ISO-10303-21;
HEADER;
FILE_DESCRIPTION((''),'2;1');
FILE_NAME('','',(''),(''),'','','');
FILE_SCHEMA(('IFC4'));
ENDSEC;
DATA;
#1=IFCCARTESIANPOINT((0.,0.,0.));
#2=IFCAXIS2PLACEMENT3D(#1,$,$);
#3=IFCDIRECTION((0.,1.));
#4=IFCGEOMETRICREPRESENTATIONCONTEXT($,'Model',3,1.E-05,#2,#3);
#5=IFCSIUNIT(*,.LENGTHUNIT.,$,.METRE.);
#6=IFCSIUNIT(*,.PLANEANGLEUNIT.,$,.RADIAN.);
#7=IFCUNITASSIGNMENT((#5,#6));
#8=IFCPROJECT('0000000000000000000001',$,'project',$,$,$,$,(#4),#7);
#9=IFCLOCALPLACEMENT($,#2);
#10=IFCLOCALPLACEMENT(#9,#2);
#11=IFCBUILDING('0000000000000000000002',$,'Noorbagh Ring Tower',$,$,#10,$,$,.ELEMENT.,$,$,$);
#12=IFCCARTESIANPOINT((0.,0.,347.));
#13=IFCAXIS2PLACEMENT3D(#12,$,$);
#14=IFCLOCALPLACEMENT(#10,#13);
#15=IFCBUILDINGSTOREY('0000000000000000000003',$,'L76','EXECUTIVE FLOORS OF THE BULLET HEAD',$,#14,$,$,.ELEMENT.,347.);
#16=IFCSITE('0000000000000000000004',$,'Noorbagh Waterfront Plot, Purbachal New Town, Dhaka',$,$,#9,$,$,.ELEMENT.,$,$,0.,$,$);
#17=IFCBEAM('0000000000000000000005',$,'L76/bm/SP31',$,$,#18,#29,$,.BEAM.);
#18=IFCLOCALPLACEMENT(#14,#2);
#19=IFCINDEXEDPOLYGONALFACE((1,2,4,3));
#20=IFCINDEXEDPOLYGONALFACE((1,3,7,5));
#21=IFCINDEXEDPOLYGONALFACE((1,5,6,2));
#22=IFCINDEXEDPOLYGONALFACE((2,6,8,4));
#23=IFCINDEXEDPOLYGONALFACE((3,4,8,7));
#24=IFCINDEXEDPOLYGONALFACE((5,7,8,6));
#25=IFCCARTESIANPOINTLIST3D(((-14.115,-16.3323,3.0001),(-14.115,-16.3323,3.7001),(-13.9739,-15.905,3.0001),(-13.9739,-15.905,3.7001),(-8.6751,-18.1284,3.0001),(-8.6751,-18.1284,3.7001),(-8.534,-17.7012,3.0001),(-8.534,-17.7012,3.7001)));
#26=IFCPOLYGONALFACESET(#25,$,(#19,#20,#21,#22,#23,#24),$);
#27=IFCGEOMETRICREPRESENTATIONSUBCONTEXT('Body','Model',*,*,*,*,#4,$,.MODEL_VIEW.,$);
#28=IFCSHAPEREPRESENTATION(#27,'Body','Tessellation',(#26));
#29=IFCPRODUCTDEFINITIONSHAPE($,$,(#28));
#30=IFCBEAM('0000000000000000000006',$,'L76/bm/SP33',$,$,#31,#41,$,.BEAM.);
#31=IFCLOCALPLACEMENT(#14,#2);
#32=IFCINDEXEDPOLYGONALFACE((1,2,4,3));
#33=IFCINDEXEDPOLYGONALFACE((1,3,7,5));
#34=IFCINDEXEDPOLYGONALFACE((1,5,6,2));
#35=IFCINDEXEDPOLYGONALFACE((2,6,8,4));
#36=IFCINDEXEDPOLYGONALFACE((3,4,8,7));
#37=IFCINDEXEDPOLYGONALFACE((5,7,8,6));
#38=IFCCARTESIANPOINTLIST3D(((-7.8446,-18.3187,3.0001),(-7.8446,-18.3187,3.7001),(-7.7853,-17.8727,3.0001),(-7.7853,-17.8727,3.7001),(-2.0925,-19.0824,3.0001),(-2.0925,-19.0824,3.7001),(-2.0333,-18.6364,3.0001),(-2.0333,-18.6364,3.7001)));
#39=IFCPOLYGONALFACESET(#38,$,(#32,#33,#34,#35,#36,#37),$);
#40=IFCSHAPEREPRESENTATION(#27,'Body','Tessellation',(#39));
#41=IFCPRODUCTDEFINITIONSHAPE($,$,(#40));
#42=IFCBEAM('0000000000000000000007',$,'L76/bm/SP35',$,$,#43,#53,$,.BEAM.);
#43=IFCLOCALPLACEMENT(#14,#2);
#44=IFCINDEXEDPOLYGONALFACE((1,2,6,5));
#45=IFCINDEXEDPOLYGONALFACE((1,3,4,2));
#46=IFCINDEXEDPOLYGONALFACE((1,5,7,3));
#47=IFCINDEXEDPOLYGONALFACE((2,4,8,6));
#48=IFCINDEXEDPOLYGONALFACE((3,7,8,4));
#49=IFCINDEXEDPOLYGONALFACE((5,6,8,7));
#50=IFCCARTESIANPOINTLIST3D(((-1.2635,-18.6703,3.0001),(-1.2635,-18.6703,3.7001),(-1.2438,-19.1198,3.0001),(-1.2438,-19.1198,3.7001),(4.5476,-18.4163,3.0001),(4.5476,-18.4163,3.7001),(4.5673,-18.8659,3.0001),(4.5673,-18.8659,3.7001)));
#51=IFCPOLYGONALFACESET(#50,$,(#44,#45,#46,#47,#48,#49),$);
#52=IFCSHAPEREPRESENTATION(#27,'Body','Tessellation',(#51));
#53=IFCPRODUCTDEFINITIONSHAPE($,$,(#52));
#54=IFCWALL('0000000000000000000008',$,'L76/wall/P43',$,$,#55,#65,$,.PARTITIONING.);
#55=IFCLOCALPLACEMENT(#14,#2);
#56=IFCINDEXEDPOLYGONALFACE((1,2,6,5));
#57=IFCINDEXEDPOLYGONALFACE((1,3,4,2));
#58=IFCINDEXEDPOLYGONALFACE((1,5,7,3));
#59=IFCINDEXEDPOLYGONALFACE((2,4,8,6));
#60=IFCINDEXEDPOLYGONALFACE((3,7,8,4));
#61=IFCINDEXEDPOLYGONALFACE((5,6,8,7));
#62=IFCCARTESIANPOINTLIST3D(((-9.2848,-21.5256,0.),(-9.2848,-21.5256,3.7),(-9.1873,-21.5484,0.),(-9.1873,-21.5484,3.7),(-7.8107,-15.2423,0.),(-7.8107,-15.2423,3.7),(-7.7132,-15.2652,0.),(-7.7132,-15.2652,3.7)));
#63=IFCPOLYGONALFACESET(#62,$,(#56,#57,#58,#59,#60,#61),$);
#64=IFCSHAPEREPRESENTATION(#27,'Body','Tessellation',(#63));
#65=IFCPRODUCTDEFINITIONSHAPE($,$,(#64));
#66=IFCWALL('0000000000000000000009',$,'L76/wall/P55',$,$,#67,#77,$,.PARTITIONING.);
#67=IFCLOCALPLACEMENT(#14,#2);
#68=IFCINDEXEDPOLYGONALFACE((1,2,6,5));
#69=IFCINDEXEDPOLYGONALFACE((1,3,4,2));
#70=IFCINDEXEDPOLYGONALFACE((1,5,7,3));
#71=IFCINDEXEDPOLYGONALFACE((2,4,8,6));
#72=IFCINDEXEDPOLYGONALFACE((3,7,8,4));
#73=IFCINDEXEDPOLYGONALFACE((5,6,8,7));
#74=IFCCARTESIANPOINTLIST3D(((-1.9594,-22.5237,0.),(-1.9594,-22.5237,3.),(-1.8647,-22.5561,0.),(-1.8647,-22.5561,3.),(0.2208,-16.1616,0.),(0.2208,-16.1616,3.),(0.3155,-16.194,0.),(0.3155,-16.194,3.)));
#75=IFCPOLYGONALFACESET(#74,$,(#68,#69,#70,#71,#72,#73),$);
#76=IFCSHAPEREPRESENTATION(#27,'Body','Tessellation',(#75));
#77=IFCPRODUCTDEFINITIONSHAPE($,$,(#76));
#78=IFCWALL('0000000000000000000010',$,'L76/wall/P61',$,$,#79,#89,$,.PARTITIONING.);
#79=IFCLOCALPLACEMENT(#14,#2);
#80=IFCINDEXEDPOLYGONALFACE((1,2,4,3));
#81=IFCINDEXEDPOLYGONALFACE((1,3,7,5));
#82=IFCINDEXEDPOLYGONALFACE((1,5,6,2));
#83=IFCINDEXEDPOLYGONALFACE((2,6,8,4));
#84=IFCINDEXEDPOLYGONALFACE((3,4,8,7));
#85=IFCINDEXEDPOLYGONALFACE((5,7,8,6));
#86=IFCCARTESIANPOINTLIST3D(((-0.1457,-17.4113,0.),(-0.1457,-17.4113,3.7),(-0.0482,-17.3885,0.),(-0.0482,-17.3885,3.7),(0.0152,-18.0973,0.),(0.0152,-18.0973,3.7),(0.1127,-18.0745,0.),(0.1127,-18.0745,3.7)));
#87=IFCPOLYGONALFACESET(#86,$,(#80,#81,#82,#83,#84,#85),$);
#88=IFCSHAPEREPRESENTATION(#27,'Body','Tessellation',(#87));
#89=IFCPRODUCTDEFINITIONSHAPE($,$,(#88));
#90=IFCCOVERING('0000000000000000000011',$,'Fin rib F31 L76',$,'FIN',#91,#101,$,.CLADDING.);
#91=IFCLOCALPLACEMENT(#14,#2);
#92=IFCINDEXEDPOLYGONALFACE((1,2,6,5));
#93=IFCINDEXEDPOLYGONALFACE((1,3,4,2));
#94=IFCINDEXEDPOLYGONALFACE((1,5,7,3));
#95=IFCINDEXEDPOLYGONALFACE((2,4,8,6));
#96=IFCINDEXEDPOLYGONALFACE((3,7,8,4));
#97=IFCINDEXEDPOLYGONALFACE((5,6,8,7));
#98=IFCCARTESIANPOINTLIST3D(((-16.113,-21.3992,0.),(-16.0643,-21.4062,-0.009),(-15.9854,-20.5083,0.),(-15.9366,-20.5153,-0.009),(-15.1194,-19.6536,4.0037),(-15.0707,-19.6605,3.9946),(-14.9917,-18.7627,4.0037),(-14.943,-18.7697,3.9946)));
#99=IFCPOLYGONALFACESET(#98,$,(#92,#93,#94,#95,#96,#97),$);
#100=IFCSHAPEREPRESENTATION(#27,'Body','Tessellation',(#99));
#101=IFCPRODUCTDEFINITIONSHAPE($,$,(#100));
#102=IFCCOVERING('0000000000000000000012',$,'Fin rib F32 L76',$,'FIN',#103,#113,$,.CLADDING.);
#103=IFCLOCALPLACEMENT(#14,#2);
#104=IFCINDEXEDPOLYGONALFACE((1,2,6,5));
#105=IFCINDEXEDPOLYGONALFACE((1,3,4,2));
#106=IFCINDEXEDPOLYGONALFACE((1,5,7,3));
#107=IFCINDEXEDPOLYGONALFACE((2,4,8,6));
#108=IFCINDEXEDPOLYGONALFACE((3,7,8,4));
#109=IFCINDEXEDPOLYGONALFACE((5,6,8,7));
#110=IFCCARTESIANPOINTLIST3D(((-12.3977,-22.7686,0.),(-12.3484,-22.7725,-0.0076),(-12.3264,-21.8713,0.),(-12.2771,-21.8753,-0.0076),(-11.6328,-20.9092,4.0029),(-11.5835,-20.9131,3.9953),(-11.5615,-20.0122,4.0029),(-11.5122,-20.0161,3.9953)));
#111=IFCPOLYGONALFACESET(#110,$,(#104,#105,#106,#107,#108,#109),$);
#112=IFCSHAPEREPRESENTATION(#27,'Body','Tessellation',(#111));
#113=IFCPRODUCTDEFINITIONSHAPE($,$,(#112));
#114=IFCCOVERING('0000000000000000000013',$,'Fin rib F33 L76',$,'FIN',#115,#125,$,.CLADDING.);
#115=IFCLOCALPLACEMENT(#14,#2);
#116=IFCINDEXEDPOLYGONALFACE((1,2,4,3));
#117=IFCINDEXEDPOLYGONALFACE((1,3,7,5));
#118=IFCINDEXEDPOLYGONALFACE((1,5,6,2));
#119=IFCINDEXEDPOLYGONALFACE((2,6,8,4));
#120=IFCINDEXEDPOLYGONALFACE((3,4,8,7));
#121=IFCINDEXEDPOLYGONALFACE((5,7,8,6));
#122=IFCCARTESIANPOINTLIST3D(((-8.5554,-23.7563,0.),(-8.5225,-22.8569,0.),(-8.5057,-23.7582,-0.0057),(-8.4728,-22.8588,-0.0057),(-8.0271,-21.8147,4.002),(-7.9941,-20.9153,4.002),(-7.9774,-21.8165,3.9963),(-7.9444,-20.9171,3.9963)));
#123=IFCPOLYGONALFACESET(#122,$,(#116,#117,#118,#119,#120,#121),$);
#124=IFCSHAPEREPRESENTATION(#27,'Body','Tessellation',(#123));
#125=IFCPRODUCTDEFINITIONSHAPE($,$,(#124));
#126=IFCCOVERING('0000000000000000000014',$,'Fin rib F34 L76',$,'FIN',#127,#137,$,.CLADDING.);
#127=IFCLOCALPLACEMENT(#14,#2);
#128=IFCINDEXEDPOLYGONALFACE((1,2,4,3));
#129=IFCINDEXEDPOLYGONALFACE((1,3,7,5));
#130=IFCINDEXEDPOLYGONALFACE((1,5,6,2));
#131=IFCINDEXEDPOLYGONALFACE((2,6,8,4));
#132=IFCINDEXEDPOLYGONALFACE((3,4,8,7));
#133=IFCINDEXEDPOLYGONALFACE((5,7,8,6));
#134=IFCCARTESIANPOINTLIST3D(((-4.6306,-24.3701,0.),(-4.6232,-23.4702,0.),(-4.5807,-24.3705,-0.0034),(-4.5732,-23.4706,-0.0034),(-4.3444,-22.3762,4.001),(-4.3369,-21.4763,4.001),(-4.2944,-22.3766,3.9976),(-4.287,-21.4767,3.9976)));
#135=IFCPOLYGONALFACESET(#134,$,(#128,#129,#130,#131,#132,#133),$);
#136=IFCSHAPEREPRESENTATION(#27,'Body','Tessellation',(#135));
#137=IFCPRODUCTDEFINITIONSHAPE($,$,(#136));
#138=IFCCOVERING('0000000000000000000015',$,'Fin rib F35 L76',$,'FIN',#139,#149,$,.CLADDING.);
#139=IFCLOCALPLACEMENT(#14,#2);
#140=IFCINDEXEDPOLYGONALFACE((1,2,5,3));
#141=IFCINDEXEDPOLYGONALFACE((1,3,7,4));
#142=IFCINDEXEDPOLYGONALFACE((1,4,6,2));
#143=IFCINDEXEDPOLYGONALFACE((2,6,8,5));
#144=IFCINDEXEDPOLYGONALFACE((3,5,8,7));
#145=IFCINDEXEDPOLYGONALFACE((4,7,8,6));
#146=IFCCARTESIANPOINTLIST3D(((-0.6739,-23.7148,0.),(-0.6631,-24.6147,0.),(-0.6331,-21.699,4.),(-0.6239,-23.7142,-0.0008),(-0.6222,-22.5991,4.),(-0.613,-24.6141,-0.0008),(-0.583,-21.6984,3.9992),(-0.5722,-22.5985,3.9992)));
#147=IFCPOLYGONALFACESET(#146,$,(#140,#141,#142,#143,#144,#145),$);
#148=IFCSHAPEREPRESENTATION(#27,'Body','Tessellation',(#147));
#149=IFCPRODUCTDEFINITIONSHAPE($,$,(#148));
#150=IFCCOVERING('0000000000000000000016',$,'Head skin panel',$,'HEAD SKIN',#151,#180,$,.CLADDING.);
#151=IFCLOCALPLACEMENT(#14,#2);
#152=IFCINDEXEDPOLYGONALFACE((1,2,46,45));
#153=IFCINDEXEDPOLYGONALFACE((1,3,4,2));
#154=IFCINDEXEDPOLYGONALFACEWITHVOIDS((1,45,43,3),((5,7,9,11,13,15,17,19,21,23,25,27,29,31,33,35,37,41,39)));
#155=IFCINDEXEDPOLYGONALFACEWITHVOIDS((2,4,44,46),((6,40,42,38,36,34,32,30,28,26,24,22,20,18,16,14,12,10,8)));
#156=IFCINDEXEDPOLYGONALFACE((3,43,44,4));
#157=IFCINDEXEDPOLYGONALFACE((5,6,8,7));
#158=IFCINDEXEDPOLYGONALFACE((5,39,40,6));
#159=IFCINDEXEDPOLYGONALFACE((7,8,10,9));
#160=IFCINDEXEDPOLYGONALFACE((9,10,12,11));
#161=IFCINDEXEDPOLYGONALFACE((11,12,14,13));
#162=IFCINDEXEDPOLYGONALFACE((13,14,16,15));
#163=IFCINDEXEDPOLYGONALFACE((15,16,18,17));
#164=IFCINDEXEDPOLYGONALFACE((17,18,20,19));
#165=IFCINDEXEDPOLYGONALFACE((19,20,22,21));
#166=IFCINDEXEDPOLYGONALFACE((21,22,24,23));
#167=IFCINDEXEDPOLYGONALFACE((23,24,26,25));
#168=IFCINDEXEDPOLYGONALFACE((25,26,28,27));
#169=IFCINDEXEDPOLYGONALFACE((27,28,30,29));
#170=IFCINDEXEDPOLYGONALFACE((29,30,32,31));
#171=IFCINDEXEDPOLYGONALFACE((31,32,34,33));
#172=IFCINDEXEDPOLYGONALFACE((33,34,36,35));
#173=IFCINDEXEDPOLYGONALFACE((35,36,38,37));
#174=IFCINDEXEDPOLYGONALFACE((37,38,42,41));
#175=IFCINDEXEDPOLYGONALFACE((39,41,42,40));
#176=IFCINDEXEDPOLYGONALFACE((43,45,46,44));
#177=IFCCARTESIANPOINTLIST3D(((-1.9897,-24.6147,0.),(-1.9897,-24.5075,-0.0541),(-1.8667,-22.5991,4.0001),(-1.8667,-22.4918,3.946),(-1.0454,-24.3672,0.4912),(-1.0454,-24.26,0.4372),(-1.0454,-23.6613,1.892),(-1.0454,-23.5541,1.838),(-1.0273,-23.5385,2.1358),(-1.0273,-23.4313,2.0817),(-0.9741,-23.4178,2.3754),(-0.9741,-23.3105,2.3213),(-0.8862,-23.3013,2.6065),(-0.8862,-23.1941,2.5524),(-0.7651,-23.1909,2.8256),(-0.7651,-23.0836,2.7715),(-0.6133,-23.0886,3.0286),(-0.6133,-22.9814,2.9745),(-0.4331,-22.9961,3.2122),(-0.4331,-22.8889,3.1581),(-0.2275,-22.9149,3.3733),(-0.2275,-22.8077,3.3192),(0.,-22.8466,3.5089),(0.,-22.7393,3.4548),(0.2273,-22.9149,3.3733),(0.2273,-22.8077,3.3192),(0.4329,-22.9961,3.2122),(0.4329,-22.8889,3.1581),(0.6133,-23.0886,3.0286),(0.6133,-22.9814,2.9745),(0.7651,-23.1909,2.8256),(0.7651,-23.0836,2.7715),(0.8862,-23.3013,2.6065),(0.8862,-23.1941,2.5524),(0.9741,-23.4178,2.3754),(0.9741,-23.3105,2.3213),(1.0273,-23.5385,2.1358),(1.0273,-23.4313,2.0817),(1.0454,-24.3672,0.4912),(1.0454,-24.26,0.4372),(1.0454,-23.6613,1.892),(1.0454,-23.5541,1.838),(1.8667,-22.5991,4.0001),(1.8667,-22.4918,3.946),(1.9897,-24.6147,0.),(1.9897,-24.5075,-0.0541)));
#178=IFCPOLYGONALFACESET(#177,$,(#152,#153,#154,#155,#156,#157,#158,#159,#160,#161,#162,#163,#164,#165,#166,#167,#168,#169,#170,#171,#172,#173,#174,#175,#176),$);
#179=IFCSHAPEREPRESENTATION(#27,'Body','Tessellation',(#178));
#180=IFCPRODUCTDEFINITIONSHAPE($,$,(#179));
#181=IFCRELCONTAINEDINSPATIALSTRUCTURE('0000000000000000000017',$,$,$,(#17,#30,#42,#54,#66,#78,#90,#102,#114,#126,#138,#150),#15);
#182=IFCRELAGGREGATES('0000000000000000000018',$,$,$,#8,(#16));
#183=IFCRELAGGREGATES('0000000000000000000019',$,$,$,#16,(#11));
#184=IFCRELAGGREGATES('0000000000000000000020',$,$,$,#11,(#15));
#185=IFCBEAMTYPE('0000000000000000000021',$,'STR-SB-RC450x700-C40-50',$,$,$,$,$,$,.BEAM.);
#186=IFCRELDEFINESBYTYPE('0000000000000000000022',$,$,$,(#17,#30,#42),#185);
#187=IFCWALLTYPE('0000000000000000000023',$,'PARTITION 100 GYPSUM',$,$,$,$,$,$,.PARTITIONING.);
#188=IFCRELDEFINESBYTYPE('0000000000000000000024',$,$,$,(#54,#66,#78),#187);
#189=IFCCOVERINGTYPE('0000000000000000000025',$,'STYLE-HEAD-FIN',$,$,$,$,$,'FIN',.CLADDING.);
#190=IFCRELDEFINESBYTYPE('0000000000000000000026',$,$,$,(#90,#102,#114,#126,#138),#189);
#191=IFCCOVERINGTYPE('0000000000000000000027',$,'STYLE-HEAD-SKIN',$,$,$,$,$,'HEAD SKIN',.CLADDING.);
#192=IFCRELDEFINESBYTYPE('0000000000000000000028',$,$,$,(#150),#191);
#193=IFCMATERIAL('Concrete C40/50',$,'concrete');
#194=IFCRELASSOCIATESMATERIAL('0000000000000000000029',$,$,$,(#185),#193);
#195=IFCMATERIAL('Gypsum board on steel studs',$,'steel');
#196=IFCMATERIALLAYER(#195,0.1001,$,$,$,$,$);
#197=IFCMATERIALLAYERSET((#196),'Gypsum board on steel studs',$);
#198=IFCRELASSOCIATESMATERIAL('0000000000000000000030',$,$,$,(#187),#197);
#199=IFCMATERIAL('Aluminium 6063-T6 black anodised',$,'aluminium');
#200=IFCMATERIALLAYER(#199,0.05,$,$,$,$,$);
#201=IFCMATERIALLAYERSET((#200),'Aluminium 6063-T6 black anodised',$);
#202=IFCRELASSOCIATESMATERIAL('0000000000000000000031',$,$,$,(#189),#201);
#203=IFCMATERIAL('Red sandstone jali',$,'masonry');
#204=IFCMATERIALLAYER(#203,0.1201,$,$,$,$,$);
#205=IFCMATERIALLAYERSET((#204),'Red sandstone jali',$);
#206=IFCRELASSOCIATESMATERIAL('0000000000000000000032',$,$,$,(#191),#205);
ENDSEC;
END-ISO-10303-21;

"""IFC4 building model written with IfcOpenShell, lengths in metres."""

from ifc_helpers import new_model, si_unit, direction, frame, frame_2d, origin, origin_2d, place, context, subcontext, project, spatial, polyline, rectangle, outline, extrude, material, layer, layer_set, material_profile, profile_set, type_object, element, save


model = new_model("IFC4")

# Units and contexts
model_context = context("Model", 3, precision=1e-05, world=origin(), true_north=direction((0.0, 1.0)))
body_context = subcontext(model_context, "Body", "Model", "MODEL_VIEW")
ifc_project = project(units=[si_unit("LENGTHUNIT", "METRE"), si_unit("PLANEANGLEUNIT", "RADIAN")], contexts=[model_context])

# Site, building, storey
site_placement = place(None, origin())
site = spatial("IfcSite", under=ifc_project, at=site_placement, Name="Noorbagh Waterfront Plot, Purbachal New Town, Dhaka", CompositionType="ELEMENT", RefElevation=0.0)
building_placement = place(site_placement, origin())
building = spatial("IfcBuilding", under=site, at=building_placement, Name="Noorbagh Ring Tower", CompositionType="ELEMENT")
storey_placement = place(building_placement, frame((0.0, 0.0, 347.0)))
storey = spatial("IfcBuildingStorey", under=building, at=storey_placement, Name="L76", Description="EXECUTIVE FLOORS OF THE BULLET HEAD", CompositionType="ELEMENT", Elevation=347.0)

# Beams
ifc_material_1 = material(Name="Concrete C40/50", Category="concrete")
ifc_material_profile_1 = material_profile(ifc_material_1, rectangle(XDim=0.45, YDim=0.7, at=origin_2d()), Name="RC450x700")
ifc_profile_set_1 = profile_set([ifc_material_profile_1], Name="Concrete C40/50")
beam_type_1 = type_object("IfcBeamType", Name="STR-SB-RC450x700-C40-50", PredefinedType="BEAM", material=ifc_profile_set_1)
beam_1_placement = place(storey_placement, frame((-14.0444, -16.1187, 3.3501), z_axis=(0.949579, -0.313529, 0.0), x_axis=(0.313529, 0.949579, 0.0)))
element("IfcBeam", 1, at=beam_1_placement, inside=storey, type_object=beam_type_1, Name="L76/bm/SP31", PredefinedType="BEAM", context=body_context, shape_type="SweptSolid", body=[
    extrude(rectangle(XDim=0.45, YDim=0.7, at=origin_2d()), origin(), (0.0, 0.0, 1.0), 5.7288),
])
beam_2_placement = place(storey_placement, frame((-7.8149, -18.0957, 3.3501), z_axis=(0.991301, -0.131612, 0.0), x_axis=(0.131612, 0.991301, 0.0)))
element("IfcBeam", 2, at=beam_2_placement, inside=storey, type_object=beam_type_1, Name="L76/bm/SP33", PredefinedType="BEAM", context=body_context, shape_type="SweptSolid", body=[
    extrude(rectangle(XDim=0.45, YDim=0.7, at=origin_2d()), origin(), (0.0, 0.0, 1.0), 5.8025),
])
beam_3_placement = place(storey_placement, frame((-1.2537, -18.895, 3.3501), z_axis=(0.999047, 0.043652, 0.0), x_axis=(-0.043652, 0.999047, 0.0)))
element("IfcBeam", 3, at=beam_3_placement, inside=storey, type_object=beam_type_1, Name="L76/bm/SP35", PredefinedType="BEAM", context=body_context, shape_type="SweptSolid", body=[
    extrude(rectangle(XDim=0.45, YDim=0.7, at=origin_2d()), origin(), (0.0, 0.0, 1.0), 5.8167),
])

# Walls
ifc_material_2 = material(Name="Gypsum board on steel studs", Category="steel")
ifc_layer_1 = layer(ifc_material_2, 0.1001)
ifc_layer_set_1 = layer_set([ifc_layer_1], Name="Gypsum board on steel studs")
wall_type = type_object("IfcWallType", Name="PARTITION 100 GYPSUM", PredefinedType="PARTITIONING", material=ifc_layer_set_1)
wall_1_placement = place(storey_placement, frame((-9.2361, -21.5371, 0.0), z_axis=(0.0, 0.0, 1.0), x_axis=(0.228411, 0.973565, 0.0)))
element("IfcWall", 4, at=wall_1_placement, inside=storey, type_object=wall_type, Name="L76/wall/P43", PredefinedType="PARTITIONING", context=body_context, shape_type="SweptSolid", body=[
    extrude(rectangle(XDim=6.4539, YDim=0.1001, at=frame_2d((3.2271, 0.0))), origin(), (0.0, 0.0, 1.0), 3.7),
])
wall_2_placement = place(storey_placement, frame((-1.9121, -22.54, 0.0), z_axis=(0.0, 0.0, 1.0), x_axis=(0.324178, 0.945996, 0.0)))
element("IfcWall", 5, at=wall_2_placement, inside=storey, type_object=wall_type, Name="L76/wall/P55", PredefinedType="PARTITIONING", context=body_context, shape_type="SweptSolid", body=[
    extrude(rectangle(XDim=6.7253, YDim=0.1001, at=frame_2d((3.3628, 0.0))), origin(), (0.0, 0.0, 1.0), 3.0),
])
wall_3_placement = place(storey_placement, frame((-0.0969, -17.3999, 0.0), z_axis=(0.0, 0.0, 1.0), x_axis=(0.228325, -0.973585, 0.0)))
element("IfcWall", 6, at=wall_3_placement, inside=storey, type_object=wall_type, Name="L76/wall/P61", PredefinedType="PARTITIONING", context=body_context, shape_type="SweptSolid", body=[
    extrude(rectangle(XDim=0.7046, YDim=0.1001, at=frame_2d((0.3523, 0.0))), origin(), (0.0, 0.0, 1.0), 3.7),
])

# Coverings
ifc_material_3 = material(Name="Aluminium 6063-T6 black anodised", Category="aluminium")
ifc_layer_2 = layer(ifc_material_3, 0.05)
ifc_layer_set_2 = layer_set([ifc_layer_2], Name="Aluminium 6063-T6 black anodised")
covering_type_1 = type_object("IfcCoveringType", Name="STYLE-HEAD-FIN", ElementType="FIN", PredefinedType="CLADDING", material=ifc_layer_set_2)
covering_1_placement = place(storey_placement, frame((-16.113, -21.3992, 0.0), z_axis=(-0.973573, 0.139539, 0.180788), x_axis=(0.221834, 0.389708, 0.893822)))
element("IfcCovering", 7, at=covering_1_placement, inside=storey, type_object=covering_type_1, Name="Fin rib F31 L76", ObjectType="FIN", PredefinedType="CLADDING", context=body_context, shape_type="SweptSolid", body=[
    extrude(outline(polyline([(0.0, 0.0), (4.4793, 0.0), (4.8548, 0.8179), (0.3755, 0.8179), (0.0, 0.0)])), origin(), (0.0, 0.0, -1.0), 0.05),
])
covering_2_placement = place(storey_placement, frame((-12.3977, -22.7686, 0.0), z_axis=(-0.985289, 0.078298, 0.151905), x_axis=(0.170757, 0.415087, 0.893614)))
element("IfcCovering", 8, at=covering_2_placement, inside=storey, type_object=covering_type_1, Name="Fin rib F32 L76", ObjectType="FIN", PredefinedType="CLADDING", context=body_context, shape_type="SweptSolid", body=[
    extrude(outline(polyline([(0.0, 0.0), (4.4795, 0.0), (4.864, 0.8135), (0.3846, 0.8137), (0.0, 0.0)])), origin(), (0.0, 0.0, -1.0), 0.05),
])
covering_3_placement = place(storey_placement, frame((-8.5554, -23.7563, 0.0), z_axis=(-0.99288, 0.036384, 0.113423), x_axis=(0.117945, 0.433465, 0.893419)))
element("IfcCovering", 9, at=covering_3_placement, inside=storey, type_object=covering_type_1, Name="Fin rib F33 L76", ObjectType="FIN", PredefinedType="CLADDING", context=body_context, shape_type="SweptSolid", body=[
    extrude(outline(polyline([(0.0, 0.0), (4.4794, 0.0), (4.8731, 0.8093), (0.3938, 0.8093), (0.0, 0.0)])), origin(), (0.0, 0.0, -1.0), 0.05),
])
covering_4_placement = place(storey_placement, frame((-4.6306, -24.3701, 0.0), z_axis=(-0.997701, 0.008256, 0.067268), x_axis=(0.063904, 0.445122, 0.893187)))
element("IfcCovering", 10, at=covering_4_placement, inside=storey, type_object=covering_type_1, Name="Fin rib F34 L76", ObjectType="FIN", PredefinedType="CLADDING", context=body_context, shape_type="SweptSolid", body=[
    extrude(outline(polyline([(0.0, 0.0), (4.4794, 0.0), (4.8805, 0.8056), (0.401, 0.8056), (0.0, 0.0)])), origin(), (0.0, 0.0, -1.0), 0.05),
])
covering_5_placement = place(storey_placement, frame((-0.6631, -24.6147, 0.0), z_axis=(-0.999794, -0.012069, 0.016303), x_axis=(0.00913, 0.449984, 0.89299)))
element("IfcCovering", 11, at=covering_5_placement, inside=storey, type_object=covering_type_1, Name="Fin rib F35 L76", ObjectType="FIN", PredefinedType="CLADDING", context=body_context, shape_type="SweptSolid", body=[
    extrude(outline(polyline([(0.0, 0.0), (4.4793, 0.0), (4.8843, 0.804), (0.4048, 0.8038), (0.0, 0.0)])), origin(), (0.0, 0.0, -1.0), 0.05),
])
ifc_material_4 = material(Name="Red sandstone jali", Category="masonry")
ifc_layer_3 = layer(ifc_material_4, 0.1201)
ifc_layer_set_3 = layer_set([ifc_layer_3], Name="Red sandstone jali")
covering_type_2 = type_object("IfcCoveringType", Name="STYLE-HEAD-SKIN", ElementType="HEAD SKIN", PredefinedType="CLADDING", material=ifc_layer_set_3)
covering_6_placement = place(storey_placement, frame((-1.9897, -24.6147, 0.0), z_axis=(0.0, -0.893027, 0.450002), x_axis=(1.0, 0.0, 0.0)))
element("IfcCovering", 12, at=covering_6_placement, inside=storey, type_object=covering_type_2, Name="Head skin panel", ObjectType="HEAD SKIN", PredefinedType="CLADDING", context=body_context, shape_type="SweptSolid", body=[
    extrude(outline(polyline([(0.0, 0.0), (3.9795, 0.0), (3.8564, 4.4792), (0.123, 4.4792), (0.0, 0.0)]), holes=[polyline([(0.9443, 0.55), (0.9443, 2.1187), (0.9624, 2.3916), (1.0156, 2.6599), (1.1035, 2.9187), (1.2246, 3.1641), (1.3765, 3.3914), (1.5566, 3.5969), (1.7622, 3.7773), (1.9897, 3.9292), (2.217, 3.7773), (2.4226, 3.5969), (2.603, 3.3914), (2.7549, 3.1641), (2.876, 2.9187), (2.9639, 2.6599), (3.0171, 2.3916), (3.0352, 2.1187), (3.0352, 0.55), (0.9443, 0.55)])]), origin(), (0.0, 0.0, -1.0), 0.1201),
])

save(model, "model.ifc")
